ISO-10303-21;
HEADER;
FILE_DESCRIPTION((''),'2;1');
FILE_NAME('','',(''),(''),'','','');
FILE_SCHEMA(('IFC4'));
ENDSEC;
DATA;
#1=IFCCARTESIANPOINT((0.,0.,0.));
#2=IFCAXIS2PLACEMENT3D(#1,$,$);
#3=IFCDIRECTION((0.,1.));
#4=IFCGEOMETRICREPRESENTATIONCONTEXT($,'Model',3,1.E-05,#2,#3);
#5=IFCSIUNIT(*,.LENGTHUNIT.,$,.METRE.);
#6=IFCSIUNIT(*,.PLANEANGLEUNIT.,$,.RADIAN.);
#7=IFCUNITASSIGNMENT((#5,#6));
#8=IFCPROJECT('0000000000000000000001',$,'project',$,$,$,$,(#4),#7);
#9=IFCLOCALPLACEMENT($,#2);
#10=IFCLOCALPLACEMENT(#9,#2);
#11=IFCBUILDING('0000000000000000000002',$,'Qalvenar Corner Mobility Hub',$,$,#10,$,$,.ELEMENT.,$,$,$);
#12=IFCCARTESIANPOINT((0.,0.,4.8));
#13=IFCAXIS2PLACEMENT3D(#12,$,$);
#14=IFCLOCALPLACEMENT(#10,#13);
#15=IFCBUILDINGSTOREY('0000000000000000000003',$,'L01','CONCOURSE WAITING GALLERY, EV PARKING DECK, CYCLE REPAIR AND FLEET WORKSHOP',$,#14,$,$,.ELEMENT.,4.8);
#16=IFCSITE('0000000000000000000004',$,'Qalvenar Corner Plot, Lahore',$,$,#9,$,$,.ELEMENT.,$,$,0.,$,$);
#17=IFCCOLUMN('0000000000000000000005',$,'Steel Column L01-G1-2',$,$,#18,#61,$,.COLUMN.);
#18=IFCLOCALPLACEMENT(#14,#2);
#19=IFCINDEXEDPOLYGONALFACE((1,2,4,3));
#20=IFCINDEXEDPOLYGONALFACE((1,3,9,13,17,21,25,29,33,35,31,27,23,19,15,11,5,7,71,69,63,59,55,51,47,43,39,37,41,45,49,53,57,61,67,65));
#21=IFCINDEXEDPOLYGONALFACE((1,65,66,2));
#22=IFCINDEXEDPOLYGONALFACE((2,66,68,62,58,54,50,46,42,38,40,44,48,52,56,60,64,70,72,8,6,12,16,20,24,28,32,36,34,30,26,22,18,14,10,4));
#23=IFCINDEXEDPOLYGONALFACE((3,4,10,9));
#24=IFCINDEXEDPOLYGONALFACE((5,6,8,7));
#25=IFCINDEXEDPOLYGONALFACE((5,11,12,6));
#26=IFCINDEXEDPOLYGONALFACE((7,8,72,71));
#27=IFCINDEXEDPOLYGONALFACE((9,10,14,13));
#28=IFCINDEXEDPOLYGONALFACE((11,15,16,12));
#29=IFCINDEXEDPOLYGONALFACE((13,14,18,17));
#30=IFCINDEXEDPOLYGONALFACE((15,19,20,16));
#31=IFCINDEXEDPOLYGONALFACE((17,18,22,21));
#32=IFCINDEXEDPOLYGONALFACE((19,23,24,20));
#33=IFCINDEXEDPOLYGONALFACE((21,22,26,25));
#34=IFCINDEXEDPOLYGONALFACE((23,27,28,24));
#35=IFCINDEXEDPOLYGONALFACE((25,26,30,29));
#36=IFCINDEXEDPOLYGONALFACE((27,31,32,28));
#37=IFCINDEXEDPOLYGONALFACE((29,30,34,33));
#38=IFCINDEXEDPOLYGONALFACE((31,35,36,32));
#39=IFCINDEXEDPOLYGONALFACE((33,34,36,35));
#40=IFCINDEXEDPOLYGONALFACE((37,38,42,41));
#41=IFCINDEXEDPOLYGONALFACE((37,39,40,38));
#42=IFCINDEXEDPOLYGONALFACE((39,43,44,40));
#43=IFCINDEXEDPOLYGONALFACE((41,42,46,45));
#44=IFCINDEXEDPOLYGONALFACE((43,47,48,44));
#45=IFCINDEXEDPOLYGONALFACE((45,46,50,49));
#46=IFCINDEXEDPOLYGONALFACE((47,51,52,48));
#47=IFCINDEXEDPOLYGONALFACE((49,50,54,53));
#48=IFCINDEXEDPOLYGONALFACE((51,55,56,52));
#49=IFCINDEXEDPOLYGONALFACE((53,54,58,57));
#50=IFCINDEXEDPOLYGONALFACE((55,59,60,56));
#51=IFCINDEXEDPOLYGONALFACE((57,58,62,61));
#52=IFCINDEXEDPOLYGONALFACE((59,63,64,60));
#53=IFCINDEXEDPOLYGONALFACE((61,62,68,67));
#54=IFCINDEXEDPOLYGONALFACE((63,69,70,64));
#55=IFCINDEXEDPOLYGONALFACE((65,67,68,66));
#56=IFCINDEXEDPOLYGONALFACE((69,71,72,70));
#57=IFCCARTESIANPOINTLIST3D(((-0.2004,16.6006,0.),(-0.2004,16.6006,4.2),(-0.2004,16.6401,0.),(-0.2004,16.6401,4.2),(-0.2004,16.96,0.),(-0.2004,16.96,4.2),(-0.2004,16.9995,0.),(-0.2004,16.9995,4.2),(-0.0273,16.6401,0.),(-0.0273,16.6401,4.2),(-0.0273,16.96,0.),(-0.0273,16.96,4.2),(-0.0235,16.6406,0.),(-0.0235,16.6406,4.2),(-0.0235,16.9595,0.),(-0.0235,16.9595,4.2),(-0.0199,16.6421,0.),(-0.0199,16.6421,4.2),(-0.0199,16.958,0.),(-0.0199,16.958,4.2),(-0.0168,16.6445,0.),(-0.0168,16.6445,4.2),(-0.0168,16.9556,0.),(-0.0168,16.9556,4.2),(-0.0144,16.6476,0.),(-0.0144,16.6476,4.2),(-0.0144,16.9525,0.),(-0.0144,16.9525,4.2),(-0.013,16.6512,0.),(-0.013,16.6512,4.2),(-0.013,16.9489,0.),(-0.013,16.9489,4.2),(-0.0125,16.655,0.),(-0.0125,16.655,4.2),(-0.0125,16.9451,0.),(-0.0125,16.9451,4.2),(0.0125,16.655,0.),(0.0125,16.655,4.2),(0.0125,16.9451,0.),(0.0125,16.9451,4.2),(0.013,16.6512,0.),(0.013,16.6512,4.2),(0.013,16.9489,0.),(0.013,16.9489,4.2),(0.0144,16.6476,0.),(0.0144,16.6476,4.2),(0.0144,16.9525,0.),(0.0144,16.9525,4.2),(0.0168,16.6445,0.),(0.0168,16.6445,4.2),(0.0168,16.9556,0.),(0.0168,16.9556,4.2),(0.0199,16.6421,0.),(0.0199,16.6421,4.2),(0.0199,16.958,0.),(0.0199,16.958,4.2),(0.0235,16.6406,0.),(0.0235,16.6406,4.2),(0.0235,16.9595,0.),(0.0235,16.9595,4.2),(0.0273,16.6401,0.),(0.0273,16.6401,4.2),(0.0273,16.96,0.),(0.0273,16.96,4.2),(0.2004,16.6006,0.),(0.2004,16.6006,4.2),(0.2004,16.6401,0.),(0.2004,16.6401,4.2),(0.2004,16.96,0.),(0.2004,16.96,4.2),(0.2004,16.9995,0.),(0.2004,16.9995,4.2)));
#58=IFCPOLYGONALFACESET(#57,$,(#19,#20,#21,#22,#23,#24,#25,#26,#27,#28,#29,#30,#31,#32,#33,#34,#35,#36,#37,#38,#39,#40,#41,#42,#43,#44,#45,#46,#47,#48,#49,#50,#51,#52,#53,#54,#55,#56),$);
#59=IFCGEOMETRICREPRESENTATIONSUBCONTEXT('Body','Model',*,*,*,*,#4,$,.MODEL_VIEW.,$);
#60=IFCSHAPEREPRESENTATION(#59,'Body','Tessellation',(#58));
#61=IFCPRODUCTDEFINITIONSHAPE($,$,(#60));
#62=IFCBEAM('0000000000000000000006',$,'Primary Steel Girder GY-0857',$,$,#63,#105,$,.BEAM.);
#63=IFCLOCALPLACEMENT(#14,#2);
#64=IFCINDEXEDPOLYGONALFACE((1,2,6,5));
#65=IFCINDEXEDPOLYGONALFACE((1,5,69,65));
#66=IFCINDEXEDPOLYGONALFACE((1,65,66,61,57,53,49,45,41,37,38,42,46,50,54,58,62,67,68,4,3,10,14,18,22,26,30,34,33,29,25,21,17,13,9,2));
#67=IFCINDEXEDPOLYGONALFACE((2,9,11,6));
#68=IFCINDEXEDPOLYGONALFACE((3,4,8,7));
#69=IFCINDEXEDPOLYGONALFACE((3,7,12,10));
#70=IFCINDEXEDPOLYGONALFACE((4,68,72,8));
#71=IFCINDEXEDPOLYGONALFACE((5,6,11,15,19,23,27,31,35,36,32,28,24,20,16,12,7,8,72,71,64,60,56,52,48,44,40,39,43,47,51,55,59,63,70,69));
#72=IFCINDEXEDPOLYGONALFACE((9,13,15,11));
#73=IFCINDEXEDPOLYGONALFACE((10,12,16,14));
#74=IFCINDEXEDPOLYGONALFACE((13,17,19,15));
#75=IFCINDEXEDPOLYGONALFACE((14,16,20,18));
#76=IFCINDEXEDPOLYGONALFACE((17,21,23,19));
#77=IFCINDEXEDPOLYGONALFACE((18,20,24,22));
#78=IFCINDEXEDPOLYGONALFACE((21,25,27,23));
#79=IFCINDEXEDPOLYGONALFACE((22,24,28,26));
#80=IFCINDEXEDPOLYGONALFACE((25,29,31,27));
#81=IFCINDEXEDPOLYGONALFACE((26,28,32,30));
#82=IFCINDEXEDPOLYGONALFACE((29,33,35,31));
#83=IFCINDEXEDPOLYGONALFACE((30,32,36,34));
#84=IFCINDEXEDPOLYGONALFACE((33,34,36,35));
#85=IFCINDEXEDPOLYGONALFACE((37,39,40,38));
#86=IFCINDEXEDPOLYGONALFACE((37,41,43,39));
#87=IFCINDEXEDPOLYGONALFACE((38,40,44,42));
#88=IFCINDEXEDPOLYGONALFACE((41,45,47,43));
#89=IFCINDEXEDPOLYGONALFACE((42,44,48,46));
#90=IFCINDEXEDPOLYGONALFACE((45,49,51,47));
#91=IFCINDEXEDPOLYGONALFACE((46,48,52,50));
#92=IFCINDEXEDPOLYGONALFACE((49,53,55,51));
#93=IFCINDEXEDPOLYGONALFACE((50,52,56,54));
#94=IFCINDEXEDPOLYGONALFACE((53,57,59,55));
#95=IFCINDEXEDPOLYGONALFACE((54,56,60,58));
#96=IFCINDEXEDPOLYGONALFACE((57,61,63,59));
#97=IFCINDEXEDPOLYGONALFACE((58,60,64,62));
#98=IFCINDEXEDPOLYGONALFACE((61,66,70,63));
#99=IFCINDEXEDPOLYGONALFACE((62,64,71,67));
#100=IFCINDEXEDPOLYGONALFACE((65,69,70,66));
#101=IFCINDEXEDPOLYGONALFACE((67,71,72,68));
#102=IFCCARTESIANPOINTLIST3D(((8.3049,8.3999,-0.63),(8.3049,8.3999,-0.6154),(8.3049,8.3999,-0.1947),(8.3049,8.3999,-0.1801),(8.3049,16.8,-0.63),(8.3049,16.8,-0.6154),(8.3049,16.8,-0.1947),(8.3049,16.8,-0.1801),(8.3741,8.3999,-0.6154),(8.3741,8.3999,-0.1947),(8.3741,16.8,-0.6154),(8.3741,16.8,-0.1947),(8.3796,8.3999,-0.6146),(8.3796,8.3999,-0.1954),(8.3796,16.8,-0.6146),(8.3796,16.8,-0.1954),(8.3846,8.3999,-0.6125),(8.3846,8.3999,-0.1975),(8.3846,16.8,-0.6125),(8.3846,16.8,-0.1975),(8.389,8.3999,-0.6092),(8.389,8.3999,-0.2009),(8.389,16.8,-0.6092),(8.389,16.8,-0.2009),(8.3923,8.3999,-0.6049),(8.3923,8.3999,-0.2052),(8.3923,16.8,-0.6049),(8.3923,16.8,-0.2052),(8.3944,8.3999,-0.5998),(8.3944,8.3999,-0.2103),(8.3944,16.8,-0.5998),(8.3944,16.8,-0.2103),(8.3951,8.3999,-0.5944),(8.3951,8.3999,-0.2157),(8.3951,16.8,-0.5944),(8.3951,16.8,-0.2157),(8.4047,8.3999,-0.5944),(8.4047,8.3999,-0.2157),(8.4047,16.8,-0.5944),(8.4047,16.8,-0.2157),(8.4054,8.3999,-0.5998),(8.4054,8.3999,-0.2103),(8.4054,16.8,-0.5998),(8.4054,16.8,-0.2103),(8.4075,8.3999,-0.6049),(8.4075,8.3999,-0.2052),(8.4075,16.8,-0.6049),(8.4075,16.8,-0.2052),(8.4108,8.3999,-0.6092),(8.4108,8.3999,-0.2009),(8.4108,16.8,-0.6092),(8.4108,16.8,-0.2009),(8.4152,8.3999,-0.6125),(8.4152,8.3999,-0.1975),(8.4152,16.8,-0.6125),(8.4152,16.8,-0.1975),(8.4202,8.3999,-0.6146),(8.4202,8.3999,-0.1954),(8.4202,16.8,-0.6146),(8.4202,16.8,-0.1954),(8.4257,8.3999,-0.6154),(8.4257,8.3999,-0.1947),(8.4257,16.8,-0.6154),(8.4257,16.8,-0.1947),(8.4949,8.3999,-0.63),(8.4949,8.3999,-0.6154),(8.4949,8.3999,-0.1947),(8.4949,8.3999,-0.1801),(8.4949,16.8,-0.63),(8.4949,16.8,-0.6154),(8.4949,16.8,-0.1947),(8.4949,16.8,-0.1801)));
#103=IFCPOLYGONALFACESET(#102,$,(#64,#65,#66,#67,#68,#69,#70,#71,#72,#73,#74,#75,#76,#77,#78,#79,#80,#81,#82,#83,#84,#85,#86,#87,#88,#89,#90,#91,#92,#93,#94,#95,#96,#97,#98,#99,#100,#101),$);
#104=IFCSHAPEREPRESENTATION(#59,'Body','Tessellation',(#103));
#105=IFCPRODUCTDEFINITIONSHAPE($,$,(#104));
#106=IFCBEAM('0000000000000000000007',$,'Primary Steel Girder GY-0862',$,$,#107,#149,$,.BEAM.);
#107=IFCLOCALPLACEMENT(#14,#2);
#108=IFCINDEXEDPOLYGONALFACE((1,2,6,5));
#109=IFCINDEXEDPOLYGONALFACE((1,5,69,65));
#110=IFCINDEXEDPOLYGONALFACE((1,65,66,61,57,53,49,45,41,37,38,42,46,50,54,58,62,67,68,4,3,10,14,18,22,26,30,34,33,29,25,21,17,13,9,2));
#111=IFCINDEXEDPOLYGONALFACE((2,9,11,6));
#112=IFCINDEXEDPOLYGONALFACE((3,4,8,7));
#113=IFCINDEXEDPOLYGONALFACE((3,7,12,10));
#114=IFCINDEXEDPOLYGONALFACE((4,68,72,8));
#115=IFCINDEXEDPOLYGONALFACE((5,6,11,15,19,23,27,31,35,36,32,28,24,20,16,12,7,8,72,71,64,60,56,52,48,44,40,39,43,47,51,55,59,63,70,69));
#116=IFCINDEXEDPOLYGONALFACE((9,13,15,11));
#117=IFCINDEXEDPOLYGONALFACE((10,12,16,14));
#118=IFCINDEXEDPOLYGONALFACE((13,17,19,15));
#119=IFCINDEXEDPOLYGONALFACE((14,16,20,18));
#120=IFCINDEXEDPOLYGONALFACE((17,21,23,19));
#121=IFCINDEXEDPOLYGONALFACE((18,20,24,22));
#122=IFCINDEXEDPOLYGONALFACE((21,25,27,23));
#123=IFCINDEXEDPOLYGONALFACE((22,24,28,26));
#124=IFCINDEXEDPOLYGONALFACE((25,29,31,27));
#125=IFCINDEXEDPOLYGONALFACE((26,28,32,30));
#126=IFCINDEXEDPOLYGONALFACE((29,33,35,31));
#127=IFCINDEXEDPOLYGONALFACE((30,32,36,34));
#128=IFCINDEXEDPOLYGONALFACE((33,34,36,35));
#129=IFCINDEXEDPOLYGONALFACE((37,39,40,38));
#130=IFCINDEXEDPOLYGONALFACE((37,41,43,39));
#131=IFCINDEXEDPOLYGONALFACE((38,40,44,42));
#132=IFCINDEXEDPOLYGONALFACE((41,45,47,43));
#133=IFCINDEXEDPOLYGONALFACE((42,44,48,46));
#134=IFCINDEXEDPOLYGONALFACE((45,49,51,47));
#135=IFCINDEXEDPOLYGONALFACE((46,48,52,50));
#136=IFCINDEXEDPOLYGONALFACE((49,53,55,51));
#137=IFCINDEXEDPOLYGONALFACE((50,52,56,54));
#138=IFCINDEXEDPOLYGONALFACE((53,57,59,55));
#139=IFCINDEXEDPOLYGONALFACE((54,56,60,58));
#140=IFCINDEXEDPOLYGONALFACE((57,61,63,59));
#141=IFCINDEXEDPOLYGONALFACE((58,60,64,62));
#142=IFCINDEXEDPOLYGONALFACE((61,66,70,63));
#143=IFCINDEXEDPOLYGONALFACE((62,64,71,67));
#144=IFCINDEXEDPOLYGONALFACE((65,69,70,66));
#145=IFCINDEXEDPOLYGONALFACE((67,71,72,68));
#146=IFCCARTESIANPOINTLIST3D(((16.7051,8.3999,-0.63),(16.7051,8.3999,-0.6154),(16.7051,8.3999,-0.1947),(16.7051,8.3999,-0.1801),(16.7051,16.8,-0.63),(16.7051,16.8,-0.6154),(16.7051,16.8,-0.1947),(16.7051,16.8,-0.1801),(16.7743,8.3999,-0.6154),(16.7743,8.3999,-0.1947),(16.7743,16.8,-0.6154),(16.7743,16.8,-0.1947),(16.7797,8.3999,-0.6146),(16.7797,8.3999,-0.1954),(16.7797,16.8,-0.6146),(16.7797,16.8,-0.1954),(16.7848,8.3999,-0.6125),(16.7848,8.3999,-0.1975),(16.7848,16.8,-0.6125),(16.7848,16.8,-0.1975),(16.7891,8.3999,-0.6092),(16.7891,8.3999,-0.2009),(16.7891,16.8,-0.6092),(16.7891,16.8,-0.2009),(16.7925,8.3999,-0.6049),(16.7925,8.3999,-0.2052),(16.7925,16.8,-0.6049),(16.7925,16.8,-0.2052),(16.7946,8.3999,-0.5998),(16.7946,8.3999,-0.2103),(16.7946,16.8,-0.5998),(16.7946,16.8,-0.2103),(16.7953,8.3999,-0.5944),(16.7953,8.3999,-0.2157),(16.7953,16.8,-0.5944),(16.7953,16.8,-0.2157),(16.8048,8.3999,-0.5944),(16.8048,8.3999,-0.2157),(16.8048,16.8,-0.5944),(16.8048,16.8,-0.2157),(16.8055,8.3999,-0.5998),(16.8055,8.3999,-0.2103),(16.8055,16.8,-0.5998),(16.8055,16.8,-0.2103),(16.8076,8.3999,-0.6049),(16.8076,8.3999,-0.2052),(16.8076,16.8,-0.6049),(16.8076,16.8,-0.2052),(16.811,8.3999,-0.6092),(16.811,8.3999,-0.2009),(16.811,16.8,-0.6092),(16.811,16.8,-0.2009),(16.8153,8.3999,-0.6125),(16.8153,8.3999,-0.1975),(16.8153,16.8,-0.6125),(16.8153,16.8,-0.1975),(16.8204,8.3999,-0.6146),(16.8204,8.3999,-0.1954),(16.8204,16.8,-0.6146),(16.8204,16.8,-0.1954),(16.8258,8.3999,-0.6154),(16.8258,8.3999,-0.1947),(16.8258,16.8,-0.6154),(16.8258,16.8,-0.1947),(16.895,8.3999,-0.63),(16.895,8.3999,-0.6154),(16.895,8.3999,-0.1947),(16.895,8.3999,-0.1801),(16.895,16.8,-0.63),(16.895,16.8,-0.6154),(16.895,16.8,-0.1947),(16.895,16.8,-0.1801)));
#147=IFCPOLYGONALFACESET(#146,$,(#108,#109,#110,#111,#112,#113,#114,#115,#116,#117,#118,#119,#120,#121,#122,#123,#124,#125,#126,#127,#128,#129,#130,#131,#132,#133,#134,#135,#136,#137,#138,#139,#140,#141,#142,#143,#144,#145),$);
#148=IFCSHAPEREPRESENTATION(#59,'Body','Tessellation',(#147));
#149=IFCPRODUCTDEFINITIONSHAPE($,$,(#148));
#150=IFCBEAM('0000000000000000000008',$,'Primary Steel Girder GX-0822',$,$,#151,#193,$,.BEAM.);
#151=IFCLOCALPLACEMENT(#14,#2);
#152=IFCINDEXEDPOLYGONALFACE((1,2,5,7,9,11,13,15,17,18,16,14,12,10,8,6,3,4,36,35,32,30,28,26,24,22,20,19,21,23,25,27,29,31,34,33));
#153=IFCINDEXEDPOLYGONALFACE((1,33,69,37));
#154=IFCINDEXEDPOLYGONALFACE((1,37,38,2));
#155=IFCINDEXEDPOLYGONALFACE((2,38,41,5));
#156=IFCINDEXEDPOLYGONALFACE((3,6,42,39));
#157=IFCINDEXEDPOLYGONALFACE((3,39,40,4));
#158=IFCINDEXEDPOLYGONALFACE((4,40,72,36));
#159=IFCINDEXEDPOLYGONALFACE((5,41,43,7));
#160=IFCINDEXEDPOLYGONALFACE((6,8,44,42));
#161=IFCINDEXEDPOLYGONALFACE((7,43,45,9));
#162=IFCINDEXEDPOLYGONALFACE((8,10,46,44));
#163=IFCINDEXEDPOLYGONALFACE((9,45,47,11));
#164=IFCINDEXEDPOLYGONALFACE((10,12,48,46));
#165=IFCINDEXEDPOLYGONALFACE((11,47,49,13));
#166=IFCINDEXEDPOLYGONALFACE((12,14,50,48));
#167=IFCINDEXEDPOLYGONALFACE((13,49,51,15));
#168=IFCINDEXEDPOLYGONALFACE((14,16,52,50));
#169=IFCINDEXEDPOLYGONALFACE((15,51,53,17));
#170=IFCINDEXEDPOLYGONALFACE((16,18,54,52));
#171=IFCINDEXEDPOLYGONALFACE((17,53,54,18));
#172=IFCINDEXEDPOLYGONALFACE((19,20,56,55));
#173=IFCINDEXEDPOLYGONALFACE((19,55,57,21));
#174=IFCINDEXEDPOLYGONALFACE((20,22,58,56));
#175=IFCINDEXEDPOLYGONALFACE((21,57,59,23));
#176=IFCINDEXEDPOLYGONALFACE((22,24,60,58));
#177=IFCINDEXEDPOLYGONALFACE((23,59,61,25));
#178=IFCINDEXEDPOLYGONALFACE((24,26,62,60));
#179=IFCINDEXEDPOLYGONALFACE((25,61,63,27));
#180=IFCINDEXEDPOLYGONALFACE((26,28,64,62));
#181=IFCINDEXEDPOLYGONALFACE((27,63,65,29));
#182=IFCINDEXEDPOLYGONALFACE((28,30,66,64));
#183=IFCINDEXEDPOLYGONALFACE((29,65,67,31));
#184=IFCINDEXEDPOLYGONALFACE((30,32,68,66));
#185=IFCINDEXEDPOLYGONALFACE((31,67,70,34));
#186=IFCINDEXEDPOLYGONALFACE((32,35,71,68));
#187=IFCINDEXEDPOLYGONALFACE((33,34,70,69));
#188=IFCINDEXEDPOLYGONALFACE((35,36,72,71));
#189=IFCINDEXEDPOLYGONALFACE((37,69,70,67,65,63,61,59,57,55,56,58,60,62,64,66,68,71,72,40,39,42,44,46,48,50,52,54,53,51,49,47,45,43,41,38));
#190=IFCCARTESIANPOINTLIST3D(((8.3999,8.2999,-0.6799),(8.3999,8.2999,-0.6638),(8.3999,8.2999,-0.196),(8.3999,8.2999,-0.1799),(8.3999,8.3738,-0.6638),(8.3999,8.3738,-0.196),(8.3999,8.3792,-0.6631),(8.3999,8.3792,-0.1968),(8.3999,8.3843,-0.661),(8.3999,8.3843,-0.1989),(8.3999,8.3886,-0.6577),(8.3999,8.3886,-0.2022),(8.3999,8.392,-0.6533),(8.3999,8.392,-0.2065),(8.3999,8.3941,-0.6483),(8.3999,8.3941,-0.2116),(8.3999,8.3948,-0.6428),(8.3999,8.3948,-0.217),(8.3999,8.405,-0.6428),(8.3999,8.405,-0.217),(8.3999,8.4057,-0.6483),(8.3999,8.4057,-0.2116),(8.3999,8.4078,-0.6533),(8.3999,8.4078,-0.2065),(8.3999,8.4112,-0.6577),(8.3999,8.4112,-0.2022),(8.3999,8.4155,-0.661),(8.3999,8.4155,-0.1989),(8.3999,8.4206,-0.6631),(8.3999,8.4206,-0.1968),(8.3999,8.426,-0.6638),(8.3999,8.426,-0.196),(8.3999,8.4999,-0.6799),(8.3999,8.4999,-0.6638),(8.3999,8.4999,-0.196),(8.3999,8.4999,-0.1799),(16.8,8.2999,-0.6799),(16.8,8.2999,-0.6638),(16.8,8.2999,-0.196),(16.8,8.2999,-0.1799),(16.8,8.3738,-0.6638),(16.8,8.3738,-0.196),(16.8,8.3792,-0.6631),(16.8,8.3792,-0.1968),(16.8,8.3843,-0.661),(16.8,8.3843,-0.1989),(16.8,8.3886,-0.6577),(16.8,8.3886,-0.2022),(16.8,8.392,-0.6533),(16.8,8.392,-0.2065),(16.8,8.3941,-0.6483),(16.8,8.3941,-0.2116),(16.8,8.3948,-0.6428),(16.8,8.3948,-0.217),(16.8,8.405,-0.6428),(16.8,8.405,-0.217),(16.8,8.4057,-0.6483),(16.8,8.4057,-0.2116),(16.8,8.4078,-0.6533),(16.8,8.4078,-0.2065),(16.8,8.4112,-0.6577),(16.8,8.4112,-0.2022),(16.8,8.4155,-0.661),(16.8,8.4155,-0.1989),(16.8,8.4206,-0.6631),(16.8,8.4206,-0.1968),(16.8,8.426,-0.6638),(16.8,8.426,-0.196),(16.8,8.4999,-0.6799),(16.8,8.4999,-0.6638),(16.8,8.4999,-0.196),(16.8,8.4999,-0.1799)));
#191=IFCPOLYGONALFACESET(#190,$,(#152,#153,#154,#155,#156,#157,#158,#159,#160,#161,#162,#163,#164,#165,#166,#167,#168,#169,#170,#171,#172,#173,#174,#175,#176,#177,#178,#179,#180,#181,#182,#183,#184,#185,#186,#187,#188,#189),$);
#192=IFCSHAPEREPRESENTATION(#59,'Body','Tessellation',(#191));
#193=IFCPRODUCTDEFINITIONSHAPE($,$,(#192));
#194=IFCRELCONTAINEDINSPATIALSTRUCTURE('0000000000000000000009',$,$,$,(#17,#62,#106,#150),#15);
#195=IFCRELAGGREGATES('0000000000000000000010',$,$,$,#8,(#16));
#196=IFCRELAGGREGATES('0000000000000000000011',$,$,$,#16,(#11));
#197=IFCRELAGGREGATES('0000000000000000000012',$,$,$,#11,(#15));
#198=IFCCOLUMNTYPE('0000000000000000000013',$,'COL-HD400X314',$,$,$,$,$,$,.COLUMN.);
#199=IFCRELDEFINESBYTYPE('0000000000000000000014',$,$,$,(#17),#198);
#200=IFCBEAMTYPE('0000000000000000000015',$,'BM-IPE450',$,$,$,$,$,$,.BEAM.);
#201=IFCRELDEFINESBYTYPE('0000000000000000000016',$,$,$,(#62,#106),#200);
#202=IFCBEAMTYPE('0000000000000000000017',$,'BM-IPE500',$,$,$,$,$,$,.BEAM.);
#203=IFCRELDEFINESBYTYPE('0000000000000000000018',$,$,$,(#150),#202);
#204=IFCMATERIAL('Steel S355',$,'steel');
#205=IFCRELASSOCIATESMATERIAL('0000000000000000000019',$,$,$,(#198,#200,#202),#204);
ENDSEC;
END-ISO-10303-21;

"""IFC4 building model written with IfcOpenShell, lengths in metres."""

from ifc_helpers import new_model, si_unit, direction, frame, origin, origin_2d, place, context, subcontext, project, spatial, i_section, extrude, material, material_profile, profile_set, type_object, element, save


model = new_model("IFC4")

# Units and contexts
model_context = context("Model", 3, precision=1e-05, world=origin(), true_north=direction((0.0, 1.0)))
body_context = subcontext(model_context, "Body", "Model", "MODEL_VIEW")
ifc_project = project(units=[si_unit("LENGTHUNIT", "METRE"), si_unit("PLANEANGLEUNIT", "RADIAN")], contexts=[model_context])

# Site, building, storey
site_placement = place(None, origin())
site = spatial("IfcSite", under=ifc_project, at=site_placement, Name="Qalvenar Corner Plot, Lahore", CompositionType="ELEMENT", RefElevation=0.0)
building_placement = place(site_placement, origin())
building = spatial("IfcBuilding", under=site, at=building_placement, Name="Qalvenar Corner Mobility Hub", CompositionType="ELEMENT")
storey_placement = place(building_placement, frame((0.0, 0.0, 4.8)))
storey = spatial("IfcBuildingStorey", under=building, at=storey_placement, Name="L01", Description="CONCOURSE WAITING GALLERY, EV PARKING DECK, CYCLE REPAIR AND FLEET WORKSHOP", CompositionType="ELEMENT", Elevation=4.8)

# Column
ifc_material_1 = material(Name="Steel S355", Category="steel")
ifc_material_profile_1 = material_profile(ifc_material_1, i_section(OverallWidth=0.4009, OverallDepth=0.3989, WebThickness=0.0249, FlangeThickness=0.0396, FilletRadius=0.0149, at=origin_2d()), Name="HD400x314")
ifc_profile_set_1 = profile_set([ifc_material_profile_1], Name="Steel S355")
column_type = type_object("IfcColumnType", Name="COL-HD400X314", PredefinedType="COLUMN", material=ifc_profile_set_1)
column_placement = place(storey_placement, frame((0.0, 16.8, 0.0), z_axis=(0.0, 0.0, 1.0), x_axis=(1.0, 0.0, 0.0)))
element("IfcColumn", 1, at=column_placement, inside=storey, type_object=column_type, Name="Steel Column L01-G1-2", PredefinedType="COLUMN", context=body_context, shape_type="SweptSolid", body=[
    extrude(i_section(OverallWidth=0.4009, OverallDepth=0.3989, WebThickness=0.0249, FlangeThickness=0.0396, FilletRadius=0.0149, at=origin_2d()), origin(), (0.0, 0.0, 1.0), 4.2),
])

# Beams
ifc_material_profile_2 = material_profile(ifc_material_1, i_section(OverallWidth=0.1899, OverallDepth=0.45, WebThickness=0.0095, FlangeThickness=0.0146, FilletRadius=0.021, at=origin_2d()), Name="IPE450")
ifc_profile_set_2 = profile_set([ifc_material_profile_2], Name="Steel S355")
beam_type_1 = type_object("IfcBeamType", Name="BM-IPE450", PredefinedType="BEAM", material=ifc_profile_set_2)
for number, where, z_axis, x_axis, name in (
    (2, (8.3999, 8.3999, -0.405), (0.0, 1.0, 0.0), (-1.0, 0.0, 0.0), "Primary Steel Girder GY-0857"),
    (3, (16.8, 8.3999, -0.405), (0.0, 1.0, 0.0), (-1.0, 0.0, 0.0), "Primary Steel Girder GY-0862"),
):
    element("IfcBeam", number, at=place(storey_placement, frame(where, z_axis=z_axis, x_axis=x_axis)), inside=storey, type_object=beam_type_1, Name=name, PredefinedType="BEAM", context=body_context, shape_type="SweptSolid", body=[
        extrude(i_section(OverallWidth=0.1899, OverallDepth=0.45, WebThickness=0.0095, FlangeThickness=0.0146, FilletRadius=0.021, at=origin_2d()), origin(), (0.0, 0.0, 1.0), 8.4001),
    ])
ifc_material_profile_3 = material_profile(ifc_material_1, i_section(OverallWidth=0.2, OverallDepth=0.5, WebThickness=0.0103, FlangeThickness=0.0161, FilletRadius=0.021, at=origin_2d()), Name="IPE500")
ifc_profile_set_3 = profile_set([ifc_material_profile_3], Name="Steel S355")
beam_type_2 = type_object("IfcBeamType", Name="BM-IPE500", PredefinedType="BEAM", material=ifc_profile_set_3)
beam_placement = place(storey_placement, frame((8.3999, 8.3999, -0.4299), z_axis=(1.0, 0.0, 0.0), x_axis=(0.0, 1.0, 0.0)))
element("IfcBeam", 4, at=beam_placement, inside=storey, type_object=beam_type_2, Name="Primary Steel Girder GX-0822", PredefinedType="BEAM", context=body_context, shape_type="SweptSolid", body=[
    extrude(i_section(OverallWidth=0.2, OverallDepth=0.5, WebThickness=0.0103, FlangeThickness=0.0161, FilletRadius=0.021, at=origin_2d()), origin(), (0.0, 0.0, 1.0), 8.4001),
])

save(model, "model.ifc")
